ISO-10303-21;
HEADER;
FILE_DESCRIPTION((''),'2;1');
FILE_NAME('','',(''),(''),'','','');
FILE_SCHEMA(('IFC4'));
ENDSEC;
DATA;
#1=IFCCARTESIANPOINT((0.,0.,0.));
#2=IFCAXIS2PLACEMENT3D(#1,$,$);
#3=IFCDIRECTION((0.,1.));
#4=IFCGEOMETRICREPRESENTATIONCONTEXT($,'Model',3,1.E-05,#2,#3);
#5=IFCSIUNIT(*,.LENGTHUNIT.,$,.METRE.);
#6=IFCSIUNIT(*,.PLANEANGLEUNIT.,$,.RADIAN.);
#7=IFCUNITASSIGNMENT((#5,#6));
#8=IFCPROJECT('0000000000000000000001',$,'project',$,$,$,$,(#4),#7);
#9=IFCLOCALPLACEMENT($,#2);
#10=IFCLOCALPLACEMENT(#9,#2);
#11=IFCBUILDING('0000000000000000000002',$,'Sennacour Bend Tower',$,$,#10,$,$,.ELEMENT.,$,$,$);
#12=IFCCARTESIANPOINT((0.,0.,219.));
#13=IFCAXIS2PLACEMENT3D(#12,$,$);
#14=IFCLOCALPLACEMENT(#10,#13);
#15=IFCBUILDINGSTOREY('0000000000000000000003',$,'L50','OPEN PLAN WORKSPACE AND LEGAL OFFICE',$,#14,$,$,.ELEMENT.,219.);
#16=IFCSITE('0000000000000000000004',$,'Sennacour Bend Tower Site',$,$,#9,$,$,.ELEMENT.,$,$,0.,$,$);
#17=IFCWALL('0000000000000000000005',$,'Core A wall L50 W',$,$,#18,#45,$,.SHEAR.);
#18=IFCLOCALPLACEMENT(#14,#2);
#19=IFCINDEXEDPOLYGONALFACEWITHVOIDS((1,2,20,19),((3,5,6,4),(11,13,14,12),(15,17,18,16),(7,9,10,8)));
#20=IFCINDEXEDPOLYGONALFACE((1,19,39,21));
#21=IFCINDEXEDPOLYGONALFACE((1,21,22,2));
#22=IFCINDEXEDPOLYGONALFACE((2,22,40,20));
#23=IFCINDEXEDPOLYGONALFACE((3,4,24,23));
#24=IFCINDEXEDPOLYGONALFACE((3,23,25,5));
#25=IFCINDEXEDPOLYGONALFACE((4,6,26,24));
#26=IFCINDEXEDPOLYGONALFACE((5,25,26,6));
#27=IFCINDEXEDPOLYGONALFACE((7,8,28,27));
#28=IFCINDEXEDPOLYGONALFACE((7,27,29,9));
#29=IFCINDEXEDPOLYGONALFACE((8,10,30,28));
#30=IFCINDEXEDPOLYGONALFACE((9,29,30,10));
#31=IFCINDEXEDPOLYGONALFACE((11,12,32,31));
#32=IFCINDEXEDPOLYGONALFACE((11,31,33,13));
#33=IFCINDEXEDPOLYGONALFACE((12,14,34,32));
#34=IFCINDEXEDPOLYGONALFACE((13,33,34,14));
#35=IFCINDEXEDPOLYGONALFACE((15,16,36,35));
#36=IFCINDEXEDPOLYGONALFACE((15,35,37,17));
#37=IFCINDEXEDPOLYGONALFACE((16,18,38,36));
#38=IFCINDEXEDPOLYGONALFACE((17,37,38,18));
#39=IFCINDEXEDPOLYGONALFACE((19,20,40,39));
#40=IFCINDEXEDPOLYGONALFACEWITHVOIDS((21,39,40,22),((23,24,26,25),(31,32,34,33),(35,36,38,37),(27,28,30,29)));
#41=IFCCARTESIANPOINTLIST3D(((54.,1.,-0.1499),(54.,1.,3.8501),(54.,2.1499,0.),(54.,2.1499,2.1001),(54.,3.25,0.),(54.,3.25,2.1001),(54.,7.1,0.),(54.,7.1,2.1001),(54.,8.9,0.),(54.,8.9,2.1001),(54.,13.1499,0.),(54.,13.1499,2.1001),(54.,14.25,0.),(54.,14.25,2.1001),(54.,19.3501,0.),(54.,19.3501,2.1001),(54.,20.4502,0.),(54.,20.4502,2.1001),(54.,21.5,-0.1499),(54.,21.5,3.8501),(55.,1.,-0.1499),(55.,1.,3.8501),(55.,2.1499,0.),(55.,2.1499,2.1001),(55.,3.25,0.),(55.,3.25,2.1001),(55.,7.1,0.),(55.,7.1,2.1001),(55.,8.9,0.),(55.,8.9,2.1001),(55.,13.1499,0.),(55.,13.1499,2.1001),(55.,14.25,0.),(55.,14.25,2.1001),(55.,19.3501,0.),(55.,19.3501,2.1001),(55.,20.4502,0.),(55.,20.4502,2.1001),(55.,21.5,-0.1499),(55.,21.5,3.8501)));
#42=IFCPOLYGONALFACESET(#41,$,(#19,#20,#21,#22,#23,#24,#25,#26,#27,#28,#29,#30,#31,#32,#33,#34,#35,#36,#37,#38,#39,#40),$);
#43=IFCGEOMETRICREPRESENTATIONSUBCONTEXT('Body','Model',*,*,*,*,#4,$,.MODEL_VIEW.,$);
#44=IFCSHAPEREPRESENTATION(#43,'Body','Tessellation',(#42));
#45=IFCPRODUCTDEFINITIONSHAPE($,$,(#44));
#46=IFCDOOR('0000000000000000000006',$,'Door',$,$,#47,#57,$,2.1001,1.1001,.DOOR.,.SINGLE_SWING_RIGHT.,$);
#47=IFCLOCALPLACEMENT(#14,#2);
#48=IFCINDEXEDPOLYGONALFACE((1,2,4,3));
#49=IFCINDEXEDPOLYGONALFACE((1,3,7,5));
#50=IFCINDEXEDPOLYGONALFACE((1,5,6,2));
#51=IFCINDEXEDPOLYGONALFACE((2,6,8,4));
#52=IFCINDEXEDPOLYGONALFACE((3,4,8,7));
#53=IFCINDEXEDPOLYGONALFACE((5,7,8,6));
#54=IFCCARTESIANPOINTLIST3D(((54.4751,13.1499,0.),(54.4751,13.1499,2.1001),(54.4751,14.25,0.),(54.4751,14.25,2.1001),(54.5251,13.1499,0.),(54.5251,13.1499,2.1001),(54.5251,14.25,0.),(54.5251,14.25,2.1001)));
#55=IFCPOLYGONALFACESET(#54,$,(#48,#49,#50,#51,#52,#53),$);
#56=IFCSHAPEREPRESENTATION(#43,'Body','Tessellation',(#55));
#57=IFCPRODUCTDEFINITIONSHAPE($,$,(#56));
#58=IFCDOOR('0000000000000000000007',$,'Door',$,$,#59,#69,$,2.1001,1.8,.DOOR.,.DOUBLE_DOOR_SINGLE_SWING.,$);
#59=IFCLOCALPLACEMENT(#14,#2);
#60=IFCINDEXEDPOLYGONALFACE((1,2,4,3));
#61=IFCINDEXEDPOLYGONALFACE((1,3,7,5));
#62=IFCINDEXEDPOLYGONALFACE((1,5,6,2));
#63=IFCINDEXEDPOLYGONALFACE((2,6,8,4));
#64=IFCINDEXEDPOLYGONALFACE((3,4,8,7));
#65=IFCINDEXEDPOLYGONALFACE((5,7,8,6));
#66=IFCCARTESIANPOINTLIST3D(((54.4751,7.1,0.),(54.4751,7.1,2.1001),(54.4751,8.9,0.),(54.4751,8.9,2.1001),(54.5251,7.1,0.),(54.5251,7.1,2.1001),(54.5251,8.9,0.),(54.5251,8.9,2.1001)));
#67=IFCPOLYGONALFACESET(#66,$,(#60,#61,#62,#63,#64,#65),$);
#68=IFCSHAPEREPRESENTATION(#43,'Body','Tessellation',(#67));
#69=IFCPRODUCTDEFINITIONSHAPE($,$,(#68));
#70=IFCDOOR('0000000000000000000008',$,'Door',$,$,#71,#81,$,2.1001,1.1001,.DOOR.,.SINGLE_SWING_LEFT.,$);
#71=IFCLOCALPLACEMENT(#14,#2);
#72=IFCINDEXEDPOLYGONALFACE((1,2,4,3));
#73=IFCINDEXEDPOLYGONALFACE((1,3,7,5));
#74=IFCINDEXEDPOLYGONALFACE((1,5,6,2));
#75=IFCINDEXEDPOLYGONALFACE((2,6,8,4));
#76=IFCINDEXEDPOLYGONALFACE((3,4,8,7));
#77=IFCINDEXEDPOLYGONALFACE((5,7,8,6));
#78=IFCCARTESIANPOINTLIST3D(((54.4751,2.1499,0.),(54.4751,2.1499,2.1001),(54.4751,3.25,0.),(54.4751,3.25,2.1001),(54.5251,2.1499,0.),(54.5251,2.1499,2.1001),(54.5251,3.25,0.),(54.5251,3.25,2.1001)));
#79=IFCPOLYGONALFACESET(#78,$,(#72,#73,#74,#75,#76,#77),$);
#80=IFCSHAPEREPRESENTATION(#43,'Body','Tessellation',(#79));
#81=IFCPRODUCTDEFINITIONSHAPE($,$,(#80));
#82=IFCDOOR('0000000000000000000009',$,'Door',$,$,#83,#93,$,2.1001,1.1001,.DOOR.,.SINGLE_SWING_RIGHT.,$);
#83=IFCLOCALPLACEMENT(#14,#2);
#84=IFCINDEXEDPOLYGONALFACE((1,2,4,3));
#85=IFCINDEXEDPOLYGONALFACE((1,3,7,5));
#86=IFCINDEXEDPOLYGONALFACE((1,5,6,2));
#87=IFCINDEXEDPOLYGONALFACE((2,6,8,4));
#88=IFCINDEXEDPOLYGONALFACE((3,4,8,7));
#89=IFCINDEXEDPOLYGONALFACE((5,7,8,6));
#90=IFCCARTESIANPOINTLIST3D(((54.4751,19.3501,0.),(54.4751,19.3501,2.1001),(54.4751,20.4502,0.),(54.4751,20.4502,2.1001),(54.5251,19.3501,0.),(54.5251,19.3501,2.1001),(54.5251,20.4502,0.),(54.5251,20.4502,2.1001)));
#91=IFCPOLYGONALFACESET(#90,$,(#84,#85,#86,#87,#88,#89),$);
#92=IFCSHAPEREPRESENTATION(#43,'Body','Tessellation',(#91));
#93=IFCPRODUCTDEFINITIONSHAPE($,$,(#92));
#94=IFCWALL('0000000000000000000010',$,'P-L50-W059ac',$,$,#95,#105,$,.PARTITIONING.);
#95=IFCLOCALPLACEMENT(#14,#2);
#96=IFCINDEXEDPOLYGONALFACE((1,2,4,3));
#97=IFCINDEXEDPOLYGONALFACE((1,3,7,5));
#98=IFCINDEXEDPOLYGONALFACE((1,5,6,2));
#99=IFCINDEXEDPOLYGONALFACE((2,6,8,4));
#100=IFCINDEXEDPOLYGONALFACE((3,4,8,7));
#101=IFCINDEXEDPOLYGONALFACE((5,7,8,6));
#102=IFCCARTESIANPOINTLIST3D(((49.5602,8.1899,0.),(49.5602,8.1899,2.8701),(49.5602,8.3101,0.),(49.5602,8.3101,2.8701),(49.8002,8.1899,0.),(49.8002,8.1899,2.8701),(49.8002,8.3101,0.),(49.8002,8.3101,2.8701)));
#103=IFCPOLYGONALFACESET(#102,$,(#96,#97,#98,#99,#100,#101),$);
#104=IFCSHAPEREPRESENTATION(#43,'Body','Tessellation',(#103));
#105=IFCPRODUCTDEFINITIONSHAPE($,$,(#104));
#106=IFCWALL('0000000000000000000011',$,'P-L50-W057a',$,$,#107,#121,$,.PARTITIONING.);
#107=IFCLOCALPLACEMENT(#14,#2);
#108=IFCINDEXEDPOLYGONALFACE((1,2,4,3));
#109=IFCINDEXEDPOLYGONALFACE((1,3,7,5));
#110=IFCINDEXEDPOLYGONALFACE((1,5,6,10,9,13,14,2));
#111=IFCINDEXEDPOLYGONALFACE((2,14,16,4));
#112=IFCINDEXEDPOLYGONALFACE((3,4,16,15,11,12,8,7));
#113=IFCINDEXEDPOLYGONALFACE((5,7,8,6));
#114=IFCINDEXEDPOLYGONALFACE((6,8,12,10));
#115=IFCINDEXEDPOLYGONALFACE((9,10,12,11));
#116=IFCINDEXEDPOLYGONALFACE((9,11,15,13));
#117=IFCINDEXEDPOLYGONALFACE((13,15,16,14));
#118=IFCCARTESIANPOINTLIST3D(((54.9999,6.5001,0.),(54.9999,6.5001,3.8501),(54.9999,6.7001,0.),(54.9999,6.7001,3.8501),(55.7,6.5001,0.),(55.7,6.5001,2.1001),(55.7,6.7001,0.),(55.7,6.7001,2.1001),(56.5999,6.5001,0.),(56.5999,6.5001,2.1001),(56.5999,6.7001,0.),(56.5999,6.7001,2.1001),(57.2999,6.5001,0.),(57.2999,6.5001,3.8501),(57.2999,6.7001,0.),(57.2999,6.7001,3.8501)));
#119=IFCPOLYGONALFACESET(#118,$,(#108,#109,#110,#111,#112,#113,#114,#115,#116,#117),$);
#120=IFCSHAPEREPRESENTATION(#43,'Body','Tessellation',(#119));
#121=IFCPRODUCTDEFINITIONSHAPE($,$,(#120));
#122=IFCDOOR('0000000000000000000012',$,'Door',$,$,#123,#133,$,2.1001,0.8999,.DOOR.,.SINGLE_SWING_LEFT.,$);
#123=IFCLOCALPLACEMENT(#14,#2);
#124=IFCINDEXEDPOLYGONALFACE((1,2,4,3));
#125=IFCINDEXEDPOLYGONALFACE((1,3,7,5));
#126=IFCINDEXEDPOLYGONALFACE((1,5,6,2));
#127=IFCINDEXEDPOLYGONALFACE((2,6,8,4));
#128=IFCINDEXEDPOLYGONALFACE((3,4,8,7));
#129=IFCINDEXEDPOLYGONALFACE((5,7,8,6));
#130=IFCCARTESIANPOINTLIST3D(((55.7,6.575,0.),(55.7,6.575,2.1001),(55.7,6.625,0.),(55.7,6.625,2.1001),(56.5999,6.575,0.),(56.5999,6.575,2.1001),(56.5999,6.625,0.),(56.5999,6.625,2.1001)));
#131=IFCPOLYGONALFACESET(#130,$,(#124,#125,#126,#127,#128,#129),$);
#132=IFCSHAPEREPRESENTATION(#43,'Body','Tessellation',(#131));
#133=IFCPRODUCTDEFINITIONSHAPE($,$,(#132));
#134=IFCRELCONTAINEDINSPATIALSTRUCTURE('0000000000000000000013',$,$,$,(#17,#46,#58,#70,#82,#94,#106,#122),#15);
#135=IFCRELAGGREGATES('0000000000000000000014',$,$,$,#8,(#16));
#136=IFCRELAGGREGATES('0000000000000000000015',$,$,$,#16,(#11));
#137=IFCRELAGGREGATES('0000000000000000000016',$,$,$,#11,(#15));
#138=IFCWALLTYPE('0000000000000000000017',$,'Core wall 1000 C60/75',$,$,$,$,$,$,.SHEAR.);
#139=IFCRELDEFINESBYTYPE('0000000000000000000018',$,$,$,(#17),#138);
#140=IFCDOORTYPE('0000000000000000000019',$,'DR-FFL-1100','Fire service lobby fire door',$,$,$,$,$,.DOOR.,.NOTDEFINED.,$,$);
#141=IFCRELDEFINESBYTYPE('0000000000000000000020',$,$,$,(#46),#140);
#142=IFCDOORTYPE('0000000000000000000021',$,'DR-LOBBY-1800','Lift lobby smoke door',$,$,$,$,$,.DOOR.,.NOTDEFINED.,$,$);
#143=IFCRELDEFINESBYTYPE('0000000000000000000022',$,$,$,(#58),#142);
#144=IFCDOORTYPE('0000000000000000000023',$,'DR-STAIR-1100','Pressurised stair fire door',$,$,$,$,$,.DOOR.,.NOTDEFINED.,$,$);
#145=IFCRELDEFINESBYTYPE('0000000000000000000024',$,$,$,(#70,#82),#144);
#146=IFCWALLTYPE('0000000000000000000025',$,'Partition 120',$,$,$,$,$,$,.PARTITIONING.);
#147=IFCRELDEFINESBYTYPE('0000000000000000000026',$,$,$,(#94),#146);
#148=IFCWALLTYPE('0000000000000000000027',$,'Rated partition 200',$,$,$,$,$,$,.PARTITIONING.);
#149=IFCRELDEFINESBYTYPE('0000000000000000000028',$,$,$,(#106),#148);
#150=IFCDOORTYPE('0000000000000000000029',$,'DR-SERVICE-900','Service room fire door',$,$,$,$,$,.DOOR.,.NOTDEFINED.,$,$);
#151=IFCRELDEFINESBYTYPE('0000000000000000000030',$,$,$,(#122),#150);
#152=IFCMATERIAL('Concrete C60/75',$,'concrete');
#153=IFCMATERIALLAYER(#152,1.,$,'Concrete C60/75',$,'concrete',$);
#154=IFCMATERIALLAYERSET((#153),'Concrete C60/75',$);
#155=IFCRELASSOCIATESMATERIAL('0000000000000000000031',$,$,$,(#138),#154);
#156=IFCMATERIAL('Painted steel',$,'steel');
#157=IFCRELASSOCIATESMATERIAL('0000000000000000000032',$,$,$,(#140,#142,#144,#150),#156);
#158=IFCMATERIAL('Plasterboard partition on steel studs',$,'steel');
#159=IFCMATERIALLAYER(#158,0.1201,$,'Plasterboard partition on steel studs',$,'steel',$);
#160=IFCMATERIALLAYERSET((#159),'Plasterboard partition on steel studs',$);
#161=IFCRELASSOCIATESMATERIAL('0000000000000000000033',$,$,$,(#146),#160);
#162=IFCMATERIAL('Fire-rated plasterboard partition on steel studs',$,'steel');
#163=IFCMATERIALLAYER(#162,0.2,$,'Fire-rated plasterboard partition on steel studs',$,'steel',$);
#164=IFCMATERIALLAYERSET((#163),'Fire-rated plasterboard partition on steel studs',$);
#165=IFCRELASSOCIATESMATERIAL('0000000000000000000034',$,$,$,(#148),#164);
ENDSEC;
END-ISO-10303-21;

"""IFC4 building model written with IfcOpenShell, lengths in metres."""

from ifc_helpers import new_model, si_unit, direction, frame, frame_2d, origin, place, context, subcontext, project, spatial, rectangle, extrude, material, layer, layer_set, type_object, element, fill, save


model = new_model("IFC4")

# Units and contexts
model_context = context("Model", 3, precision=1e-05, world=origin(), true_north=direction((0.0, 1.0)))
body_context = subcontext(model_context, "Body", "Model", "MODEL_VIEW")
ifc_project = project(units=[si_unit("LENGTHUNIT", "METRE"), si_unit("PLANEANGLEUNIT", "RADIAN")], contexts=[model_context])

# Site, building, storey
site_placement = place(None, origin())
site = spatial("IfcSite", under=ifc_project, at=site_placement, Name="Sennacour Bend Tower Site", CompositionType="ELEMENT", RefElevation=0.0)
building_placement = place(site_placement, origin())
building = spatial("IfcBuilding", under=site, at=building_placement, Name="Sennacour Bend Tower", CompositionType="ELEMENT")
storey_placement = place(building_placement, frame((0.0, 0.0, 219.0)))
storey = spatial("IfcBuildingStorey", under=building, at=storey_placement, Name="L50", Description="OPEN PLAN WORKSPACE AND LEGAL OFFICE", CompositionType="ELEMENT", Elevation=219.0)

# Wall, openings, doors
ifc_material_1 = material(Name="Concrete C60/75", Category="concrete")
ifc_layer_1 = layer(ifc_material_1, 1.0, Name="Concrete C60/75", Category="concrete")
ifc_layer_set_1 = layer_set([ifc_layer_1], Name="Concrete C60/75")
wall_type_1 = type_object("IfcWallType", Name="Core wall 1000 C60/75", PredefinedType="SHEAR", material=ifc_layer_set_1)
wall_1_placement = place(storey_placement, frame((54.5, 1.0, -0.1499), z_axis=(0.0, 0.0, 1.0), x_axis=(0.0, 1.0, 0.0)))
wall_1 = element("IfcWall", 1, at=wall_1_placement, inside=storey, type_object=wall_type_1, Name="Core A wall L50 W", PredefinedType="SHEAR", context=body_context, shape_type="SweptSolid", body=[
    extrude(rectangle(XDim=20.5, YDim=1.0, at=frame_2d((10.25, 0.0))), origin(), (0.0, 0.0, 1.0), 4.0),
])
opening_1_placement = place(wall_1_placement, frame((6.1001, 0.0, 0.1499)))
opening_1 = element("IfcOpeningElement", 2, at=opening_1_placement, cuts=wall_1, PredefinedType="OPENING", context=body_context, shape_type="SweptSolid", body=[
    extrude(rectangle(XDim=1.8, YDim=2.1001, at=frame_2d((0.8999, 1.05))), frame((0.0, 0.51, 0.0), z_axis=(0.0, -1.0, 0.0), x_axis=(1.0, 0.0, 0.0)), (0.0, 0.0, 1.0), 1.02),
])
opening_2_placement = place(wall_1_placement, frame((12.1499, 0.0, 0.1499)))
opening_2 = element("IfcOpeningElement", 3, at=opening_2_placement, cuts=wall_1, PredefinedType="OPENING", context=body_context, shape_type="SweptSolid", body=[
    extrude(rectangle(XDim=1.1001, YDim=2.1001, at=frame_2d((0.55, 1.05))), frame((0.0, 0.51, 0.0), z_axis=(0.0, -1.0, 0.0), x_axis=(1.0, 0.0, 0.0)), (0.0, 0.0, 1.0), 1.02),
])
opening_3_placement = place(wall_1_placement, frame((1.1499, 0.0, 0.1499)))
opening_3 = element("IfcOpeningElement", 4, at=opening_3_placement, cuts=wall_1, PredefinedType="OPENING", context=body_context, shape_type="SweptSolid", body=[
    extrude(rectangle(XDim=1.1001, YDim=2.1001, at=frame_2d((0.55, 1.05))), frame((0.0, 0.51, 0.0), z_axis=(0.0, -1.0, 0.0), x_axis=(1.0, 0.0, 0.0)), (0.0, 0.0, 1.0), 1.02),
])
opening_4_placement = place(wall_1_placement, frame((18.3501, 0.0, 0.1499)))
opening_4 = element("IfcOpeningElement", 5, at=opening_4_placement, cuts=wall_1, PredefinedType="OPENING", context=body_context, shape_type="SweptSolid", body=[
    extrude(rectangle(XDim=1.1001, YDim=2.1001, at=frame_2d((0.55, 1.05))), frame((0.0, 0.51, 0.0), z_axis=(0.0, -1.0, 0.0), x_axis=(1.0, 0.0, 0.0)), (0.0, 0.0, 1.0), 1.02),
])
ifc_material_2 = material(Name="Painted steel", Category="steel")
door_type_1 = type_object("IfcDoorType", Name="DR-FFL-1100", Description="Fire service lobby fire door", OperationType="NOTDEFINED", PredefinedType="DOOR", material=ifc_material_2)
door_1_placement = place(opening_2_placement, origin())
door_1 = element("IfcDoor", 6, at=door_1_placement, inside=storey, type_object=door_type_1, Name="Door", OperationType="SINGLE_SWING_RIGHT", OverallHeight=2.1001, OverallWidth=1.1001, PredefinedType="DOOR", context=body_context, shape_type="SweptSolid", body=[
    extrude(rectangle(XDim=1.1001, YDim=2.1001, at=frame_2d((0.55, 1.05))), frame((0.0, 0.0249, 0.0), z_axis=(0.0, -1.0, 0.0), x_axis=(1.0, 0.0, 0.0)), (0.0, 0.0, 1.0), 0.05),
])
fill(opening_2, door_1)
door_type_2 = type_object("IfcDoorType", Name="DR-LOBBY-1800", Description="Lift lobby smoke door", OperationType="NOTDEFINED", PredefinedType="DOOR", material=ifc_material_2)
door_2_placement = place(opening_1_placement, origin())
door_2 = element("IfcDoor", 7, at=door_2_placement, inside=storey, type_object=door_type_2, Name="Door", OperationType="DOUBLE_DOOR_SINGLE_SWING", OverallHeight=2.1001, OverallWidth=1.8, PredefinedType="DOOR", context=body_context, shape_type="SweptSolid", body=[
    extrude(rectangle(XDim=1.8, YDim=2.1001, at=frame_2d((0.8999, 1.05))), frame((0.0, 0.0249, 0.0), z_axis=(0.0, -1.0, 0.0), x_axis=(1.0, 0.0, 0.0)), (0.0, 0.0, 1.0), 0.05),
])
fill(opening_1, door_2)
door_type_3 = type_object("IfcDoorType", Name="DR-STAIR-1100", Description="Pressurised stair fire door", OperationType="NOTDEFINED", PredefinedType="DOOR", material=ifc_material_2)
door_3_placement = place(opening_3_placement, origin())
door_3 = element("IfcDoor", 8, at=door_3_placement, inside=storey, type_object=door_type_3, Name="Door", OperationType="SINGLE_SWING_LEFT", OverallHeight=2.1001, OverallWidth=1.1001, PredefinedType="DOOR", context=body_context, shape_type="SweptSolid", body=[
    extrude(rectangle(XDim=1.1001, YDim=2.1001, at=frame_2d((0.55, 1.05))), frame((0.0, 0.0249, 0.0), z_axis=(0.0, -1.0, 0.0), x_axis=(1.0, 0.0, 0.0)), (0.0, 0.0, 1.0), 0.05),
])
fill(opening_3, door_3)
door_4_placement = place(opening_4_placement, origin())
door_4 = element("IfcDoor", 9, at=door_4_placement, inside=storey, type_object=door_type_3, Name="Door", OperationType="SINGLE_SWING_RIGHT", OverallHeight=2.1001, OverallWidth=1.1001, PredefinedType="DOOR", context=body_context, shape_type="SweptSolid", body=[
    extrude(rectangle(XDim=1.1001, YDim=2.1001, at=frame_2d((0.55, 1.05))), frame((0.0, 0.0249, 0.0), z_axis=(0.0, -1.0, 0.0), x_axis=(1.0, 0.0, 0.0)), (0.0, 0.0, 1.0), 0.05),
])
fill(opening_4, door_4)

# Wall
ifc_material_3 = material(Name="Plasterboard partition on steel studs", Category="steel")
ifc_layer_2 = layer(ifc_material_3, 0.1201, Name="Plasterboard partition on steel studs", Category="steel")
ifc_layer_set_2 = layer_set([ifc_layer_2], Name="Plasterboard partition on steel studs")
wall_type_2 = type_object("IfcWallType", Name="Partition 120", PredefinedType="PARTITIONING", material=ifc_layer_set_2)
wall_2_placement = place(storey_placement, frame((49.5601, 8.25, 0.0), z_axis=(0.0, 0.0, 1.0), x_axis=(1.0, 0.0, 0.0)))
element("IfcWall", 10, at=wall_2_placement, inside=storey, type_object=wall_type_2, Name="P-L50-W059ac", PredefinedType="PARTITIONING", context=body_context, shape_type="SweptSolid", body=[
    extrude(rectangle(XDim=0.24, YDim=0.1201, at=frame_2d((0.1201, 0.0))), origin(), (0.0, 0.0, 1.0), 2.8701),
])

# Wall, opening, door
ifc_material_4 = material(Name="Fire-rated plasterboard partition on steel studs", Category="steel")
ifc_layer_3 = layer(ifc_material_4, 0.2, Name="Fire-rated plasterboard partition on steel studs", Category="steel")
ifc_layer_set_3 = layer_set([ifc_layer_3], Name="Fire-rated plasterboard partition on steel studs")
wall_type_3 = type_object("IfcWallType", Name="Rated partition 200", PredefinedType="PARTITIONING", material=ifc_layer_set_3)
wall_3_placement = place(storey_placement, frame((55.0, 6.6001, 0.0), z_axis=(0.0, 0.0, 1.0), x_axis=(1.0, 0.0, 0.0)))
wall_3 = element("IfcWall", 11, at=wall_3_placement, inside=storey, type_object=wall_type_3, Name="P-L50-W057a", PredefinedType="PARTITIONING", context=body_context, shape_type="SweptSolid", body=[
    extrude(rectangle(XDim=2.3, YDim=0.2, at=frame_2d((1.1499, 0.0))), origin(), (0.0, 0.0, 1.0), 3.8501),
])
opening_5_placement = place(wall_3_placement, frame((0.7, 0.0, 0.0)))
opening_5 = element("IfcOpeningElement", 12, at=opening_5_placement, cuts=wall_3, PredefinedType="OPENING", context=body_context, shape_type="SweptSolid", body=[
    extrude(rectangle(XDim=0.8999, YDim=2.1001, at=frame_2d((0.45, 1.05))), frame((0.0, 0.1099, 0.0), z_axis=(0.0, -1.0, 0.0), x_axis=(1.0, 0.0, 0.0)), (0.0, 0.0, 1.0), 0.22),
])
door_type_4 = type_object("IfcDoorType", Name="DR-SERVICE-900", Description="Service room fire door", OperationType="NOTDEFINED", PredefinedType="DOOR", material=ifc_material_2)
door_5_placement = place(opening_5_placement, origin())
door_5 = element("IfcDoor", 13, at=door_5_placement, inside=storey, type_object=door_type_4, Name="Door", OperationType="SINGLE_SWING_LEFT", OverallHeight=2.1001, OverallWidth=0.8999, PredefinedType="DOOR", context=body_context, shape_type="SweptSolid", body=[
    extrude(rectangle(XDim=0.8999, YDim=2.1001, at=frame_2d((0.45, 1.05))), frame((0.0, 0.0249, 0.0), z_axis=(0.0, -1.0, 0.0), x_axis=(1.0, 0.0, 0.0)), (0.0, 0.0, 1.0), 0.05),
])
fill(opening_5, door_5)

save(model, "model.ifc")
